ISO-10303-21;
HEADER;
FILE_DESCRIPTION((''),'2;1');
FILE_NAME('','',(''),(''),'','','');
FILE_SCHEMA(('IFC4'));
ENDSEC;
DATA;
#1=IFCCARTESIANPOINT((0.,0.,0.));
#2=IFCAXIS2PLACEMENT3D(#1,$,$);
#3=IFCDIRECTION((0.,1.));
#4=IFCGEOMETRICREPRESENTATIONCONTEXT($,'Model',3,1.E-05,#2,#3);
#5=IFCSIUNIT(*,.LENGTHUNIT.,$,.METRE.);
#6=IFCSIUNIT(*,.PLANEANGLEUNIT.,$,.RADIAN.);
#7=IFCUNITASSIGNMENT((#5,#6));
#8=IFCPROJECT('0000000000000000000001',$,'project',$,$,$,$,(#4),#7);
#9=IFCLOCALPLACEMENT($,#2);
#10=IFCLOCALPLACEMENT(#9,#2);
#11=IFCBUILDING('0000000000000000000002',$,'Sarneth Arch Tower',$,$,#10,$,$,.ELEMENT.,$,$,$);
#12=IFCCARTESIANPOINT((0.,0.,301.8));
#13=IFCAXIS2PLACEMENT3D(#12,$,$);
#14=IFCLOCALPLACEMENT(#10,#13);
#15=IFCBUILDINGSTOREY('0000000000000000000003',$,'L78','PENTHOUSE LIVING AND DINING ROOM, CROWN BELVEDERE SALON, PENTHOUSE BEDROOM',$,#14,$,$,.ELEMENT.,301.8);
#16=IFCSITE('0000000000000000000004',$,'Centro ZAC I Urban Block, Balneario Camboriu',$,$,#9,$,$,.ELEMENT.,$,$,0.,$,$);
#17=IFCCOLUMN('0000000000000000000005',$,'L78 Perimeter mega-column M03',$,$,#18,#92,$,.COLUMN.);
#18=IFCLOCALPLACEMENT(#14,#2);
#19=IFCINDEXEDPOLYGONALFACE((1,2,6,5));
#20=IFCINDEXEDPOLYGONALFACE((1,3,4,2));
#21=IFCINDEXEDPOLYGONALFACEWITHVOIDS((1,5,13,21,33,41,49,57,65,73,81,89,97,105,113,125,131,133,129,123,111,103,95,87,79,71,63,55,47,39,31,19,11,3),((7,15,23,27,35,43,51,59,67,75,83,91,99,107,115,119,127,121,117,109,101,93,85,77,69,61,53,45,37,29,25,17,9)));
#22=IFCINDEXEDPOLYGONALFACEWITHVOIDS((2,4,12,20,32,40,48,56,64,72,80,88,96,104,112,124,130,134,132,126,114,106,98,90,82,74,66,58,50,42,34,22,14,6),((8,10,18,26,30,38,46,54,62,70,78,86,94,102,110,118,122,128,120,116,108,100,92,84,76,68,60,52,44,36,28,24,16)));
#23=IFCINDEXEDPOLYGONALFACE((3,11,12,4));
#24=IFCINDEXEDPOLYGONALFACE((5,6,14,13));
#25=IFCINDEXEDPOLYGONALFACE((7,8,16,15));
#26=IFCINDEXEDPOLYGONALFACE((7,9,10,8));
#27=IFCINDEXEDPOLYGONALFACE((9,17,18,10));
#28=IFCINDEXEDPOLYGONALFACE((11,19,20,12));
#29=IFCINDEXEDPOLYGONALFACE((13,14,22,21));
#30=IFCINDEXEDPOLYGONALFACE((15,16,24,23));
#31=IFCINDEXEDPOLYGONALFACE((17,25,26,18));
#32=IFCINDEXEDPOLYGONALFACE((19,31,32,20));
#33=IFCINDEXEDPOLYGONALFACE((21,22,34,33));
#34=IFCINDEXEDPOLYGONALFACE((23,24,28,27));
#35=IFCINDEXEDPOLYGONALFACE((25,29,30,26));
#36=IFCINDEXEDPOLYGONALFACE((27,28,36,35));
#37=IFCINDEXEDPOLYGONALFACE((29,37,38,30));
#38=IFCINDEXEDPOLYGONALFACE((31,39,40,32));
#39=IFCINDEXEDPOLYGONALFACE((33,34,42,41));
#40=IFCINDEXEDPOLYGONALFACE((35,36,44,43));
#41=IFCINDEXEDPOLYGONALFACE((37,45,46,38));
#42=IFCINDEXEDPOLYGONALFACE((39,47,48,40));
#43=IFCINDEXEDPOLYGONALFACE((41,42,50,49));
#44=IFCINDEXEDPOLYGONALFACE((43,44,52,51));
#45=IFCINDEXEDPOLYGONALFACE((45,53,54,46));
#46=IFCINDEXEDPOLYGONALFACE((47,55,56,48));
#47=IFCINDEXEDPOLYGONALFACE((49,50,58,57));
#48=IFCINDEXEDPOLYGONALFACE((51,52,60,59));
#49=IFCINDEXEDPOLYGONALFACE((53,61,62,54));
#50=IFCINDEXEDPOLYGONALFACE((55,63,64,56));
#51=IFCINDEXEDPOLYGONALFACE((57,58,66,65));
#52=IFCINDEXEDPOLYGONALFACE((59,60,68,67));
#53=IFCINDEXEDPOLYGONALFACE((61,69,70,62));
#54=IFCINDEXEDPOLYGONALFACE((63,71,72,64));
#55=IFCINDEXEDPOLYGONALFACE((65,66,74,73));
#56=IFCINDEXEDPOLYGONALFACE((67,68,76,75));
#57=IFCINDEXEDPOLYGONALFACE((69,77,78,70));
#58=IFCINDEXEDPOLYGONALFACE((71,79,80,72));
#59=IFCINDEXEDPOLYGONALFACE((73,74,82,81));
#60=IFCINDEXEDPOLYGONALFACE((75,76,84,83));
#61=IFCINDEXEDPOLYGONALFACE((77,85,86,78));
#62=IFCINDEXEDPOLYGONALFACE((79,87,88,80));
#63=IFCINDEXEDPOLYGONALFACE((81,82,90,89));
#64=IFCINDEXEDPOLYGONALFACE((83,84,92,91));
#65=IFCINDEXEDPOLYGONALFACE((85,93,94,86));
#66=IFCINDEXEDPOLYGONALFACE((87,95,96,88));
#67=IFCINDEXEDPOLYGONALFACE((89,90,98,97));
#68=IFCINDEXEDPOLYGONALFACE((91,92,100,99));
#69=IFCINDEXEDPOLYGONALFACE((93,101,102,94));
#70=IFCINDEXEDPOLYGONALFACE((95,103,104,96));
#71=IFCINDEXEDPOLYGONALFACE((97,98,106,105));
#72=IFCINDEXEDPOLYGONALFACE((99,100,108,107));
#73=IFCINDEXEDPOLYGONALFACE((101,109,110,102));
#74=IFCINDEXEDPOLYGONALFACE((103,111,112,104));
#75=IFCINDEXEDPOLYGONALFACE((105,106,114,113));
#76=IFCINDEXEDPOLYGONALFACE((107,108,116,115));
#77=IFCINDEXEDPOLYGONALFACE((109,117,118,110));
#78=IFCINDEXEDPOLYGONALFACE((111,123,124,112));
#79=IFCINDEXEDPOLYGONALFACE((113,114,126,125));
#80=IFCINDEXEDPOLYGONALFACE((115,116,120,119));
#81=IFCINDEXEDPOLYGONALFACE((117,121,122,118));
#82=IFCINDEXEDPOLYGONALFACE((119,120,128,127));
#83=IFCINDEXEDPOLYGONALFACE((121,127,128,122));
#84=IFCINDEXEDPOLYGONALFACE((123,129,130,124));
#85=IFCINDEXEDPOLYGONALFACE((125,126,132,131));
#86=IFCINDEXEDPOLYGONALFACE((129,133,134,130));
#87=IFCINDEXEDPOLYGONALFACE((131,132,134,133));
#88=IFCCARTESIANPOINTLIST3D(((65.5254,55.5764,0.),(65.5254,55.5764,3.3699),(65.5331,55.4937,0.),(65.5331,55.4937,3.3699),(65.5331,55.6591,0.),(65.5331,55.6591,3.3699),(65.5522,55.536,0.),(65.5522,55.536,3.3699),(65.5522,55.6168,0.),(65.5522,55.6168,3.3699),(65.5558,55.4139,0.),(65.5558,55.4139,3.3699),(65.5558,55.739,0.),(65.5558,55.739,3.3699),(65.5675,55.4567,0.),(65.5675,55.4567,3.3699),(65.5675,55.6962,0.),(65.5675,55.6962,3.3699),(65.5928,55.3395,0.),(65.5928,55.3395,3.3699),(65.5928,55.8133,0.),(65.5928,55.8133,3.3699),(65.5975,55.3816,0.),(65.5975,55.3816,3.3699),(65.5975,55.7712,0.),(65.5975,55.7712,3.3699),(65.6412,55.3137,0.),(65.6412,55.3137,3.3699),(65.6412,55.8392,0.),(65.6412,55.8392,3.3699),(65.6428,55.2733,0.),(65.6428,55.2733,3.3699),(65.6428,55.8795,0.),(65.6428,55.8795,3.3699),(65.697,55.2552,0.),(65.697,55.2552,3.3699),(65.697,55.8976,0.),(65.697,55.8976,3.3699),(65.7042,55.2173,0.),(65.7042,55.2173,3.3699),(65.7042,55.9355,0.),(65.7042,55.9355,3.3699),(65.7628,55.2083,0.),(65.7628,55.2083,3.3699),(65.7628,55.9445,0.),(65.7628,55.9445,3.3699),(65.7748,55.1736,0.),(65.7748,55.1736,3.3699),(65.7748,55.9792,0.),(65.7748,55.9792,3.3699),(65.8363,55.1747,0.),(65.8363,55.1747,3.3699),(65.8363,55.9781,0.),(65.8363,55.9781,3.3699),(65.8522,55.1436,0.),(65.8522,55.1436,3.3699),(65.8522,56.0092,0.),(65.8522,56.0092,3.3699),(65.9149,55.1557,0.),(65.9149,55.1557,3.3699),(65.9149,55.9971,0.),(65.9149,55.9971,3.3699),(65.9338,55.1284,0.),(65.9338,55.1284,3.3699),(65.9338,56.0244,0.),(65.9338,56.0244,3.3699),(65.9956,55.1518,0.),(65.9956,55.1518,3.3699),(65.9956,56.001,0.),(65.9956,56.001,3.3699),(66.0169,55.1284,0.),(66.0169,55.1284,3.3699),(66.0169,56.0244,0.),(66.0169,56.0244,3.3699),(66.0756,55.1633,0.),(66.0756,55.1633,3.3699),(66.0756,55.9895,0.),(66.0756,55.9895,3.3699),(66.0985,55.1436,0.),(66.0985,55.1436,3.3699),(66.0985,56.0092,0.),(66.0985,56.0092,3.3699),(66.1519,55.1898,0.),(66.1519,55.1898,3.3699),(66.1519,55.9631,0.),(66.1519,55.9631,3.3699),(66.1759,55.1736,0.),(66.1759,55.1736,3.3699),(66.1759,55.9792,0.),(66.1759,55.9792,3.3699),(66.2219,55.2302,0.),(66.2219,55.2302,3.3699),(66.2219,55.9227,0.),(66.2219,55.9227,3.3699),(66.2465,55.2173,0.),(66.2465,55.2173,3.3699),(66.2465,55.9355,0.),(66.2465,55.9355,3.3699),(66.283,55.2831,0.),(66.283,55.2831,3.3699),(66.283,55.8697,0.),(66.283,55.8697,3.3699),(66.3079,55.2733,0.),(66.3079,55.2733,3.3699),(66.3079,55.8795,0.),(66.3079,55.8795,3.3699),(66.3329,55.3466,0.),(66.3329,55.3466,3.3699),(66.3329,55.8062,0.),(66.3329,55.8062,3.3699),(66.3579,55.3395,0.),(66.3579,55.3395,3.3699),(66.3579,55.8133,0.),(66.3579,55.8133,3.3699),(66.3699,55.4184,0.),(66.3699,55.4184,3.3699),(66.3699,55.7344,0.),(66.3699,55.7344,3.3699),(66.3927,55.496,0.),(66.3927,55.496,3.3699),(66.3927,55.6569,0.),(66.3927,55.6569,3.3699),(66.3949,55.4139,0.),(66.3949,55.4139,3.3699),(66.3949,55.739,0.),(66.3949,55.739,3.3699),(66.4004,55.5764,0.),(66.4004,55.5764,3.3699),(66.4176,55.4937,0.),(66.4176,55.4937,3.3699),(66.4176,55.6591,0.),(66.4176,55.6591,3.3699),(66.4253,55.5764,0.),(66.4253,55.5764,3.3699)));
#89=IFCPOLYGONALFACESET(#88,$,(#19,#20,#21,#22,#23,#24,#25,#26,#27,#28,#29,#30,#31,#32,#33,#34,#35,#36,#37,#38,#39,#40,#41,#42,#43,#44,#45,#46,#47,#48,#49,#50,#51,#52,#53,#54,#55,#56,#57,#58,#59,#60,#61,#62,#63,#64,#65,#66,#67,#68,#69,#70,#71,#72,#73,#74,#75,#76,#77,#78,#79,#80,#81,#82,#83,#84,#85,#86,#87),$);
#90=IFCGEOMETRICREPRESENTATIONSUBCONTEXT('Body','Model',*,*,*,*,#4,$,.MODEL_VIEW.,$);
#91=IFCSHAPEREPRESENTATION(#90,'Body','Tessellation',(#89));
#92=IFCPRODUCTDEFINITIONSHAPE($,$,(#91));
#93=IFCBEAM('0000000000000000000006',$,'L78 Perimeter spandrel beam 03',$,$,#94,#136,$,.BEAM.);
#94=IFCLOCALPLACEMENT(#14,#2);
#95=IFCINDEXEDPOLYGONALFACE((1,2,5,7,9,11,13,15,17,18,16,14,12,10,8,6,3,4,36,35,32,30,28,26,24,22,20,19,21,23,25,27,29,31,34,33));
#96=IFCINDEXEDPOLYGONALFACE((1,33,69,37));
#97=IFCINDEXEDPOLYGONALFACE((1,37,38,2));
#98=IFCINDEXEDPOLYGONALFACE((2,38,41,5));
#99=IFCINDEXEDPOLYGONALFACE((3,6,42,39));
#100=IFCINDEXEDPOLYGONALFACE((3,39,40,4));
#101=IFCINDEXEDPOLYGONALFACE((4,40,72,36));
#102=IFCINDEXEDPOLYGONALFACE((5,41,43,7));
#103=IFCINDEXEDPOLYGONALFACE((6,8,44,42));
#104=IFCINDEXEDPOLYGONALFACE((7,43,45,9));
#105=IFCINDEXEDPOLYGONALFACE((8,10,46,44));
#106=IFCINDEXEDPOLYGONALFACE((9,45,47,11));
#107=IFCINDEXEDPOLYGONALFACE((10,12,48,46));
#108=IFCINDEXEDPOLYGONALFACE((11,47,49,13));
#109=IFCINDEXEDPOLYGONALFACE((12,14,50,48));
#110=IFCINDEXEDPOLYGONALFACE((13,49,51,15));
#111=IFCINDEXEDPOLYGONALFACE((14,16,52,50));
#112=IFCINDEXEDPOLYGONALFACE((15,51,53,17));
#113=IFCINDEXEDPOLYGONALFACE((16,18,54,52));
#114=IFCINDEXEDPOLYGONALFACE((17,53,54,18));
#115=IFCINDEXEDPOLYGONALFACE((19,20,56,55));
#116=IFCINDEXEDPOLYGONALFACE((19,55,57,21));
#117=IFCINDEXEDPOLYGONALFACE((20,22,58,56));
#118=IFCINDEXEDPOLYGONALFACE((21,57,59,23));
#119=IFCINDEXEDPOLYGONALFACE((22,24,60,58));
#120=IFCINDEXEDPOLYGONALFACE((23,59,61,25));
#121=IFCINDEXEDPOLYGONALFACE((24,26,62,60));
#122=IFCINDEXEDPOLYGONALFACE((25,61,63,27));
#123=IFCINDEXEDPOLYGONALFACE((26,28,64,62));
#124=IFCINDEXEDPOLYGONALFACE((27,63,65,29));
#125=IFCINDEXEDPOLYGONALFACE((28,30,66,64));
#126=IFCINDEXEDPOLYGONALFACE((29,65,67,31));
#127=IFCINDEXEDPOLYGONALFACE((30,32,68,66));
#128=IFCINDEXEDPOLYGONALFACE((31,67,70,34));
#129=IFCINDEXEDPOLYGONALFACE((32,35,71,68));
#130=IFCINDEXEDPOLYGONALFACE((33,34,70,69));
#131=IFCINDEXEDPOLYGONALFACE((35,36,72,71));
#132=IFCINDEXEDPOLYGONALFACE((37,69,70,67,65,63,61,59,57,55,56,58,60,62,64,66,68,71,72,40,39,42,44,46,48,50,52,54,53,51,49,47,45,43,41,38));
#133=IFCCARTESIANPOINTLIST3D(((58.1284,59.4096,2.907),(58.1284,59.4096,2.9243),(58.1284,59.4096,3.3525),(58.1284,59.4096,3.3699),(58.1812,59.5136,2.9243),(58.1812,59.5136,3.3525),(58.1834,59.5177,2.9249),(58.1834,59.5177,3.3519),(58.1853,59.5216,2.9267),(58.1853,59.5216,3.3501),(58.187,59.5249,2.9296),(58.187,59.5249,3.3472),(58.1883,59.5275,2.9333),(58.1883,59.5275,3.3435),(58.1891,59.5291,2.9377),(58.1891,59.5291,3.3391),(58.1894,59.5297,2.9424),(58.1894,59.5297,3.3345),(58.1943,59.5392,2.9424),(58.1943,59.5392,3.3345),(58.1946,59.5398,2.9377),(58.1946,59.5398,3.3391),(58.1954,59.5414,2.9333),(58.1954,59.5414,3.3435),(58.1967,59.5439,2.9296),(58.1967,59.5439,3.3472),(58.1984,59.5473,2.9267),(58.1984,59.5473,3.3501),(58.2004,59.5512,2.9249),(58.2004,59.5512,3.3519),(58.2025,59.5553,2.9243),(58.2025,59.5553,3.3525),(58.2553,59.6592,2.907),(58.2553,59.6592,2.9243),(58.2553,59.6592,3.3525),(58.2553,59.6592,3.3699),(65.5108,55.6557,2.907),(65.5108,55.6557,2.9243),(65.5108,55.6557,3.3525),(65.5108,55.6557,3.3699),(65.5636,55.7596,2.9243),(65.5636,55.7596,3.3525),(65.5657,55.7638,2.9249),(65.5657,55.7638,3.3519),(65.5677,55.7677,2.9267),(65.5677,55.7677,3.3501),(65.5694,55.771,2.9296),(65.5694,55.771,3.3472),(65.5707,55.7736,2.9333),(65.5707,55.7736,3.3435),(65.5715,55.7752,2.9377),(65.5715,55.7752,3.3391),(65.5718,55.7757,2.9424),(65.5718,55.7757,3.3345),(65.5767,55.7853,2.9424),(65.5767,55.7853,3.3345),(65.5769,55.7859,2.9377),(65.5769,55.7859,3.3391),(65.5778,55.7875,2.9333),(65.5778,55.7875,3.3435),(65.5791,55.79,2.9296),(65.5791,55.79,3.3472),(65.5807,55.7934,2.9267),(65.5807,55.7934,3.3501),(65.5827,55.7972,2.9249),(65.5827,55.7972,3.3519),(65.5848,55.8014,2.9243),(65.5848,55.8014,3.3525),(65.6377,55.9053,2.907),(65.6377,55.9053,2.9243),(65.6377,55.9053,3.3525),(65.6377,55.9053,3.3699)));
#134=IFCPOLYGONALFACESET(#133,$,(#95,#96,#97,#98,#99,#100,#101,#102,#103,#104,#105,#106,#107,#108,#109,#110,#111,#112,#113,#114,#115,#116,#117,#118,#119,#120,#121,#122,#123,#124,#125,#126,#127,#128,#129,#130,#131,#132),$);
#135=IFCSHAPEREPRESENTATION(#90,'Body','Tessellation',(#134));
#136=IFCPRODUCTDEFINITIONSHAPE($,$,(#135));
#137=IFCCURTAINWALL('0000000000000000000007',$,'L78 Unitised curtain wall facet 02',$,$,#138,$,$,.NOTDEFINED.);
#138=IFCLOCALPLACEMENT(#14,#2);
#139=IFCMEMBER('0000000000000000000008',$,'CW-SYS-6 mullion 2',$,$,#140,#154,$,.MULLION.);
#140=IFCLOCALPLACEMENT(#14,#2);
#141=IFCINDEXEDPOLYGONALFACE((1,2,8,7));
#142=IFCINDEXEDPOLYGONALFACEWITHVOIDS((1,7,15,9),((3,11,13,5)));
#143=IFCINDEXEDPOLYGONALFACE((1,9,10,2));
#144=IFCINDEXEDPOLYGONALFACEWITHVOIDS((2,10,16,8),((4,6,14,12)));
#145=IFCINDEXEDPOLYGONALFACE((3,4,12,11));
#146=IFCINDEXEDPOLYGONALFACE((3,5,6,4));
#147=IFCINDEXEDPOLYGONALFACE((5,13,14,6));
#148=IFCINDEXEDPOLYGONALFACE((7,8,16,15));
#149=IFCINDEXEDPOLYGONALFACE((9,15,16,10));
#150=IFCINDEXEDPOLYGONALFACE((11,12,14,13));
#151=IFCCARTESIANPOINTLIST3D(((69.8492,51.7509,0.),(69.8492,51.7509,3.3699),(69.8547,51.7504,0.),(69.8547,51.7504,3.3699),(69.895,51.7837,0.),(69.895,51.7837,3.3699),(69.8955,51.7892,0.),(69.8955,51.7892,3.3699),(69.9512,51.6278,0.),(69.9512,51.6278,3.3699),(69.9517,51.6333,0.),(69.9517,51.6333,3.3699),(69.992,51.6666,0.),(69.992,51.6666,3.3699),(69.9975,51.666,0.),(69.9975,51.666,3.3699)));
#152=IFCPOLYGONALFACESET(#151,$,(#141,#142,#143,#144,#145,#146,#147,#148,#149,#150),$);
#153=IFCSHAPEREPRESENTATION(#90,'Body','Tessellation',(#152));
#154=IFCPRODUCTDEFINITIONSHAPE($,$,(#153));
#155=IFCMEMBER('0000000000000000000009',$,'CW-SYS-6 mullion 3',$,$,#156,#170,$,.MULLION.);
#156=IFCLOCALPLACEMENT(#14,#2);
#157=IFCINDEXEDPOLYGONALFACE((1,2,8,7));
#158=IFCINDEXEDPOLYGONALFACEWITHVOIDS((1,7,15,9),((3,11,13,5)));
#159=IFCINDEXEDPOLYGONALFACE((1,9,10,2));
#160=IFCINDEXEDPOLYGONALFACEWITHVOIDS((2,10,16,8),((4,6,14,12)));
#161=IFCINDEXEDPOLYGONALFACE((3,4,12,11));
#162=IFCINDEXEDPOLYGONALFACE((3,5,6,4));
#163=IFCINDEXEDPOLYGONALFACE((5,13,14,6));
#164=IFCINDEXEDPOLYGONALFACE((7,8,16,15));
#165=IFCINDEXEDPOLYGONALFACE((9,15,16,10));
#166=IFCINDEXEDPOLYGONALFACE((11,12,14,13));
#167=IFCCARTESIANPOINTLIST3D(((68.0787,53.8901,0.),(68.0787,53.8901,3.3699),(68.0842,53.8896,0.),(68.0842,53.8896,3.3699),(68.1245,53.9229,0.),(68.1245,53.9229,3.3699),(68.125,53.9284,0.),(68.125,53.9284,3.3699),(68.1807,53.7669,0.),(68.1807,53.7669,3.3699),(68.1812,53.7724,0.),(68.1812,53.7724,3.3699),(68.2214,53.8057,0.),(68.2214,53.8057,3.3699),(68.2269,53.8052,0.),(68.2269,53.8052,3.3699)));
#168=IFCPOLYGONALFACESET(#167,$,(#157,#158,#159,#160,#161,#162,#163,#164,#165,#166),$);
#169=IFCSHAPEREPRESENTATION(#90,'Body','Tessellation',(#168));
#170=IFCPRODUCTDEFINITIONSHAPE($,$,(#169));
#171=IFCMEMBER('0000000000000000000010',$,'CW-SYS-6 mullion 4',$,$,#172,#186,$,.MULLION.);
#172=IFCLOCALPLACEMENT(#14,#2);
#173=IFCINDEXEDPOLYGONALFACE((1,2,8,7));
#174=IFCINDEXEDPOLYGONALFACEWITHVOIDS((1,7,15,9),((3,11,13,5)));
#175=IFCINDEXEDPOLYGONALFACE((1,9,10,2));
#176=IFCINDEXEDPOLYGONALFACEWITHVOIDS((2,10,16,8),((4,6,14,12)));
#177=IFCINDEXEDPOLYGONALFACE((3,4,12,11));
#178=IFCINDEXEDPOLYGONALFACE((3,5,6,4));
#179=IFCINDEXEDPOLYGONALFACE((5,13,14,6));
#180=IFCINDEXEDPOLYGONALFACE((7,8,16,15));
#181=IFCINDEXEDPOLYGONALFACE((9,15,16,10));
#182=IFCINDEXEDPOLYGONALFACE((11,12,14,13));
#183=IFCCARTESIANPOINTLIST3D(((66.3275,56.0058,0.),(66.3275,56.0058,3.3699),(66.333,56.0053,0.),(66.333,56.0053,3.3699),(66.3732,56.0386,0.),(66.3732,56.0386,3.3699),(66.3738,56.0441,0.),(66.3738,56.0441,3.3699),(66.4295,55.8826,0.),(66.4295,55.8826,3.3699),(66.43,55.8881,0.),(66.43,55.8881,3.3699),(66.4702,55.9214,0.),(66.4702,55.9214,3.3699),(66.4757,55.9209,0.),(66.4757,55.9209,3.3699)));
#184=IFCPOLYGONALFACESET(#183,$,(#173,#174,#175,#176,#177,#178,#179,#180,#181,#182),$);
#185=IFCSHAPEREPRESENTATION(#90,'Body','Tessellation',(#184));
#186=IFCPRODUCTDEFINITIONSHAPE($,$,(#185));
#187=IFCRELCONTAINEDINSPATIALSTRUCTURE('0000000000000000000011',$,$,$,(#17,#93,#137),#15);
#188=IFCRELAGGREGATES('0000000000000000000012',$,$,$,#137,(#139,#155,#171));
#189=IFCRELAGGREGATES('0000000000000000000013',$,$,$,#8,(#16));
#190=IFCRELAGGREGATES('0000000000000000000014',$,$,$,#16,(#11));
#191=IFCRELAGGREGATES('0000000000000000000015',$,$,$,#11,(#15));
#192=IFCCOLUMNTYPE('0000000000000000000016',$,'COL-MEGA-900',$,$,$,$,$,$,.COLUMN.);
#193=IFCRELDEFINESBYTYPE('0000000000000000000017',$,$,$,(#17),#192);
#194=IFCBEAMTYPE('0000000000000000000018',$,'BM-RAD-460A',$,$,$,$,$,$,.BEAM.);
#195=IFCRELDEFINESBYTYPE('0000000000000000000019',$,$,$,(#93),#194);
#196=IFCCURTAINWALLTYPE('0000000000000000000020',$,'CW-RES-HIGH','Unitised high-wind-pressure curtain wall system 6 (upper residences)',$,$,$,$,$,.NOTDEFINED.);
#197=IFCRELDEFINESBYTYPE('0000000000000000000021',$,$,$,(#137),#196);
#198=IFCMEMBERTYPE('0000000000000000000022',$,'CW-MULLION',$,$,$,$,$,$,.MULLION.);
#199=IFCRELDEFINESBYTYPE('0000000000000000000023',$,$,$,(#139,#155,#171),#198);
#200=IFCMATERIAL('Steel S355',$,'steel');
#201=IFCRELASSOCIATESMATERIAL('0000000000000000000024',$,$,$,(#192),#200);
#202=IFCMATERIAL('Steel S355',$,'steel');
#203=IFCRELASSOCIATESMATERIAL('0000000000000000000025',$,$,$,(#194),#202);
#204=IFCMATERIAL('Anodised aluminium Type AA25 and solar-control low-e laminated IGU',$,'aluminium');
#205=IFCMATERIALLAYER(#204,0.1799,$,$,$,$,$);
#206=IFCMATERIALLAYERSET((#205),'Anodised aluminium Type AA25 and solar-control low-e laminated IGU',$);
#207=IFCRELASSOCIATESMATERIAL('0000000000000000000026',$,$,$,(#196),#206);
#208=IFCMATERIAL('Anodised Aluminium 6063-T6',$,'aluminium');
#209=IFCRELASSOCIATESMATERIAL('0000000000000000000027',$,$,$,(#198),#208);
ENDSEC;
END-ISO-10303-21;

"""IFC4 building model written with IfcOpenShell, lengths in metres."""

from ifc_helpers import new_model, si_unit, direction, frame, origin, origin_2d, place, context, subcontext, project, spatial, hollow_rectangle, hollow_circle, i_section, extrude, material, layer, layer_set, material_profile, profile_set, type_object, element, aggregate, save


model = new_model("IFC4")

# Units and contexts
model_context = context("Model", 3, precision=1e-05, world=origin(), true_north=direction((0.0, 1.0)))
body_context = subcontext(model_context, "Body", "Model", "MODEL_VIEW")
ifc_project = project(units=[si_unit("LENGTHUNIT", "METRE"), si_unit("PLANEANGLEUNIT", "RADIAN")], contexts=[model_context])

# Site, building, storey
site_placement = place(None, origin())
site = spatial("IfcSite", under=ifc_project, at=site_placement, Name="Centro ZAC I Urban Block, Balneario Camboriu", CompositionType="ELEMENT", RefElevation=0.0)
building_placement = place(site_placement, origin())
building = spatial("IfcBuilding", under=site, at=building_placement, Name="Sarneth Arch Tower", CompositionType="ELEMENT")
storey_placement = place(building_placement, frame((0.0, 0.0, 301.8)))
storey = spatial("IfcBuildingStorey", under=building, at=storey_placement, Name="L78", Description="PENTHOUSE LIVING AND DINING ROOM, CROWN BELVEDERE SALON, PENTHOUSE BEDROOM", CompositionType="ELEMENT", Elevation=301.8)

# Column
ifc_material_1 = material(Name="Steel S355", Category="steel")
ifc_material_profile_1 = material_profile(ifc_material_1, hollow_circle(Radius=0.45, WallThickness=0.0249, at=origin_2d()), Name="CHS900x25")
ifc_profile_set_1 = profile_set([ifc_material_profile_1], Name="Steel S355")
column_type = type_object("IfcColumnType", Name="COL-MEGA-900", PredefinedType="COLUMN", material=ifc_profile_set_1)
column_placement = place(storey_placement, frame((65.9753, 55.5764, 0.0), z_axis=(0.0, 0.0, 1.0), x_axis=(1.0, 0.0, 0.0)))
element("IfcColumn", 1, at=column_placement, inside=storey, type_object=column_type, Name="L78 Perimeter mega-column M03", PredefinedType="COLUMN", context=body_context, shape_type="SweptSolid", body=[
    extrude(hollow_circle(Radius=0.45, WallThickness=0.0249, at=origin_2d()), origin(), (0.0, 0.0, 1.0), 3.3699),
])

# Beam
ifc_material_2 = material(Name="Steel S355", Category="steel")
ifc_material_profile_2 = material_profile(ifc_material_2, i_section(OverallWidth=0.28, OverallDepth=0.4629, WebThickness=0.0107, FlangeThickness=0.0173, FilletRadius=0.0181, at=origin_2d()), Name="W460x113")
ifc_profile_set_2 = profile_set([ifc_material_profile_2], Name="Steel S355")
beam_type = type_object("IfcBeamType", Name="BM-RAD-460A", PredefinedType="BEAM", material=ifc_profile_set_2)
beam_placement = place(storey_placement, frame((65.5742, 55.7805, 3.1384), z_axis=(-0.891376, 0.453264, 0.0), x_axis=(-0.453264, -0.891376, 0.0)))
element("IfcBeam", 2, at=beam_placement, inside=storey, type_object=beam_type, Name="L78 Perimeter spandrel beam 03", PredefinedType="BEAM", context=body_context, shape_type="SweptSolid", body=[
    extrude(i_section(OverallWidth=0.28, OverallDepth=0.4629, WebThickness=0.0107, FlangeThickness=0.0173, FilletRadius=0.0181, at=origin_2d()), origin(), (0.0, 0.0, 1.0), 8.282),
])

# Curtain wall, members
ifc_material_3 = material(Name="Anodised aluminium Type AA25 and solar-control low-e laminated IGU", Category="aluminium")
ifc_layer_1 = layer(ifc_material_3, 0.1799)
ifc_layer_set_1 = layer_set([ifc_layer_1], Name="Anodised aluminium Type AA25 and solar-control low-e laminated IGU")
curtain_wall_type = type_object("IfcCurtainWallType", Name="CW-RES-HIGH", Description="Unitised high-wind-pressure curtain wall system 6 (upper residences)", PredefinedType="NOTDEFINED", material=ifc_layer_set_1)
curtain_wall_placement = place(storey_placement, origin())
curtain_wall = element("IfcCurtainWall", 3, at=curtain_wall_placement, inside=storey, type_object=curtain_wall_type, Name="L78 Unitised curtain wall facet 02", PredefinedType="NOTDEFINED")
ifc_material_4 = material(Name="Anodised Aluminium 6063-T6", Category="aluminium")
ifc_material_profile_3 = material_profile(ifc_material_4, hollow_rectangle(XDim=0.0601, YDim=0.1599, WallThickness=0.0039, at=origin_2d()), Name="AL-MULL-160x60x4")
ifc_profile_set_3 = profile_set([ifc_material_profile_3], Name="Anodised Aluminium 6063-T6")
member_type_1 = type_object("IfcMemberType", Name="CW-MULLION", PredefinedType="MULLION", material=ifc_profile_set_3)
member_1_placement = place(storey_placement, frame((69.9233, 51.7085, 0.0), z_axis=(0.0, 0.0, 1.0), x_axis=(-0.770359, -0.63761, 0.0)))
member_1 = element("IfcMember", 4, at=member_1_placement, type_object=member_type_1, Name="CW-SYS-6 mullion 2", PredefinedType="MULLION", context=body_context, shape_type="SweptSolid", body=[
    extrude(hollow_rectangle(XDim=0.0601, YDim=0.1599, WallThickness=0.0039, at=origin_2d()), origin(), (0.0, 0.0, 1.0), 3.3699),
])
member_2_placement = place(storey_placement, frame((68.1528, 53.8477, 0.0), z_axis=(0.0, 0.0, 1.0), x_axis=(-0.770359, -0.63761, 0.0)))
member_2 = element("IfcMember", 5, at=member_2_placement, type_object=member_type_1, Name="CW-SYS-6 mullion 3", PredefinedType="MULLION", context=body_context, shape_type="SweptSolid", body=[
    extrude(hollow_rectangle(XDim=0.0601, YDim=0.1599, WallThickness=0.0039, at=origin_2d()), origin(), (0.0, 0.0, 1.0), 3.3699),
])
member_3_placement = place(storey_placement, frame((66.4016, 55.9634, 0.0), z_axis=(0.0, 0.0, 1.0), x_axis=(-0.770359, -0.63761, 0.0)))
member_3 = element("IfcMember", 6, at=member_3_placement, type_object=member_type_1, Name="CW-SYS-6 mullion 4", PredefinedType="MULLION", context=body_context, shape_type="SweptSolid", body=[
    extrude(hollow_rectangle(XDim=0.0601, YDim=0.1599, WallThickness=0.0039, at=origin_2d()), origin(), (0.0, 0.0, 1.0), 3.3699),
])

aggregate(curtain_wall, [member_1, member_2, member_3])

save(model, "model.ifc")
